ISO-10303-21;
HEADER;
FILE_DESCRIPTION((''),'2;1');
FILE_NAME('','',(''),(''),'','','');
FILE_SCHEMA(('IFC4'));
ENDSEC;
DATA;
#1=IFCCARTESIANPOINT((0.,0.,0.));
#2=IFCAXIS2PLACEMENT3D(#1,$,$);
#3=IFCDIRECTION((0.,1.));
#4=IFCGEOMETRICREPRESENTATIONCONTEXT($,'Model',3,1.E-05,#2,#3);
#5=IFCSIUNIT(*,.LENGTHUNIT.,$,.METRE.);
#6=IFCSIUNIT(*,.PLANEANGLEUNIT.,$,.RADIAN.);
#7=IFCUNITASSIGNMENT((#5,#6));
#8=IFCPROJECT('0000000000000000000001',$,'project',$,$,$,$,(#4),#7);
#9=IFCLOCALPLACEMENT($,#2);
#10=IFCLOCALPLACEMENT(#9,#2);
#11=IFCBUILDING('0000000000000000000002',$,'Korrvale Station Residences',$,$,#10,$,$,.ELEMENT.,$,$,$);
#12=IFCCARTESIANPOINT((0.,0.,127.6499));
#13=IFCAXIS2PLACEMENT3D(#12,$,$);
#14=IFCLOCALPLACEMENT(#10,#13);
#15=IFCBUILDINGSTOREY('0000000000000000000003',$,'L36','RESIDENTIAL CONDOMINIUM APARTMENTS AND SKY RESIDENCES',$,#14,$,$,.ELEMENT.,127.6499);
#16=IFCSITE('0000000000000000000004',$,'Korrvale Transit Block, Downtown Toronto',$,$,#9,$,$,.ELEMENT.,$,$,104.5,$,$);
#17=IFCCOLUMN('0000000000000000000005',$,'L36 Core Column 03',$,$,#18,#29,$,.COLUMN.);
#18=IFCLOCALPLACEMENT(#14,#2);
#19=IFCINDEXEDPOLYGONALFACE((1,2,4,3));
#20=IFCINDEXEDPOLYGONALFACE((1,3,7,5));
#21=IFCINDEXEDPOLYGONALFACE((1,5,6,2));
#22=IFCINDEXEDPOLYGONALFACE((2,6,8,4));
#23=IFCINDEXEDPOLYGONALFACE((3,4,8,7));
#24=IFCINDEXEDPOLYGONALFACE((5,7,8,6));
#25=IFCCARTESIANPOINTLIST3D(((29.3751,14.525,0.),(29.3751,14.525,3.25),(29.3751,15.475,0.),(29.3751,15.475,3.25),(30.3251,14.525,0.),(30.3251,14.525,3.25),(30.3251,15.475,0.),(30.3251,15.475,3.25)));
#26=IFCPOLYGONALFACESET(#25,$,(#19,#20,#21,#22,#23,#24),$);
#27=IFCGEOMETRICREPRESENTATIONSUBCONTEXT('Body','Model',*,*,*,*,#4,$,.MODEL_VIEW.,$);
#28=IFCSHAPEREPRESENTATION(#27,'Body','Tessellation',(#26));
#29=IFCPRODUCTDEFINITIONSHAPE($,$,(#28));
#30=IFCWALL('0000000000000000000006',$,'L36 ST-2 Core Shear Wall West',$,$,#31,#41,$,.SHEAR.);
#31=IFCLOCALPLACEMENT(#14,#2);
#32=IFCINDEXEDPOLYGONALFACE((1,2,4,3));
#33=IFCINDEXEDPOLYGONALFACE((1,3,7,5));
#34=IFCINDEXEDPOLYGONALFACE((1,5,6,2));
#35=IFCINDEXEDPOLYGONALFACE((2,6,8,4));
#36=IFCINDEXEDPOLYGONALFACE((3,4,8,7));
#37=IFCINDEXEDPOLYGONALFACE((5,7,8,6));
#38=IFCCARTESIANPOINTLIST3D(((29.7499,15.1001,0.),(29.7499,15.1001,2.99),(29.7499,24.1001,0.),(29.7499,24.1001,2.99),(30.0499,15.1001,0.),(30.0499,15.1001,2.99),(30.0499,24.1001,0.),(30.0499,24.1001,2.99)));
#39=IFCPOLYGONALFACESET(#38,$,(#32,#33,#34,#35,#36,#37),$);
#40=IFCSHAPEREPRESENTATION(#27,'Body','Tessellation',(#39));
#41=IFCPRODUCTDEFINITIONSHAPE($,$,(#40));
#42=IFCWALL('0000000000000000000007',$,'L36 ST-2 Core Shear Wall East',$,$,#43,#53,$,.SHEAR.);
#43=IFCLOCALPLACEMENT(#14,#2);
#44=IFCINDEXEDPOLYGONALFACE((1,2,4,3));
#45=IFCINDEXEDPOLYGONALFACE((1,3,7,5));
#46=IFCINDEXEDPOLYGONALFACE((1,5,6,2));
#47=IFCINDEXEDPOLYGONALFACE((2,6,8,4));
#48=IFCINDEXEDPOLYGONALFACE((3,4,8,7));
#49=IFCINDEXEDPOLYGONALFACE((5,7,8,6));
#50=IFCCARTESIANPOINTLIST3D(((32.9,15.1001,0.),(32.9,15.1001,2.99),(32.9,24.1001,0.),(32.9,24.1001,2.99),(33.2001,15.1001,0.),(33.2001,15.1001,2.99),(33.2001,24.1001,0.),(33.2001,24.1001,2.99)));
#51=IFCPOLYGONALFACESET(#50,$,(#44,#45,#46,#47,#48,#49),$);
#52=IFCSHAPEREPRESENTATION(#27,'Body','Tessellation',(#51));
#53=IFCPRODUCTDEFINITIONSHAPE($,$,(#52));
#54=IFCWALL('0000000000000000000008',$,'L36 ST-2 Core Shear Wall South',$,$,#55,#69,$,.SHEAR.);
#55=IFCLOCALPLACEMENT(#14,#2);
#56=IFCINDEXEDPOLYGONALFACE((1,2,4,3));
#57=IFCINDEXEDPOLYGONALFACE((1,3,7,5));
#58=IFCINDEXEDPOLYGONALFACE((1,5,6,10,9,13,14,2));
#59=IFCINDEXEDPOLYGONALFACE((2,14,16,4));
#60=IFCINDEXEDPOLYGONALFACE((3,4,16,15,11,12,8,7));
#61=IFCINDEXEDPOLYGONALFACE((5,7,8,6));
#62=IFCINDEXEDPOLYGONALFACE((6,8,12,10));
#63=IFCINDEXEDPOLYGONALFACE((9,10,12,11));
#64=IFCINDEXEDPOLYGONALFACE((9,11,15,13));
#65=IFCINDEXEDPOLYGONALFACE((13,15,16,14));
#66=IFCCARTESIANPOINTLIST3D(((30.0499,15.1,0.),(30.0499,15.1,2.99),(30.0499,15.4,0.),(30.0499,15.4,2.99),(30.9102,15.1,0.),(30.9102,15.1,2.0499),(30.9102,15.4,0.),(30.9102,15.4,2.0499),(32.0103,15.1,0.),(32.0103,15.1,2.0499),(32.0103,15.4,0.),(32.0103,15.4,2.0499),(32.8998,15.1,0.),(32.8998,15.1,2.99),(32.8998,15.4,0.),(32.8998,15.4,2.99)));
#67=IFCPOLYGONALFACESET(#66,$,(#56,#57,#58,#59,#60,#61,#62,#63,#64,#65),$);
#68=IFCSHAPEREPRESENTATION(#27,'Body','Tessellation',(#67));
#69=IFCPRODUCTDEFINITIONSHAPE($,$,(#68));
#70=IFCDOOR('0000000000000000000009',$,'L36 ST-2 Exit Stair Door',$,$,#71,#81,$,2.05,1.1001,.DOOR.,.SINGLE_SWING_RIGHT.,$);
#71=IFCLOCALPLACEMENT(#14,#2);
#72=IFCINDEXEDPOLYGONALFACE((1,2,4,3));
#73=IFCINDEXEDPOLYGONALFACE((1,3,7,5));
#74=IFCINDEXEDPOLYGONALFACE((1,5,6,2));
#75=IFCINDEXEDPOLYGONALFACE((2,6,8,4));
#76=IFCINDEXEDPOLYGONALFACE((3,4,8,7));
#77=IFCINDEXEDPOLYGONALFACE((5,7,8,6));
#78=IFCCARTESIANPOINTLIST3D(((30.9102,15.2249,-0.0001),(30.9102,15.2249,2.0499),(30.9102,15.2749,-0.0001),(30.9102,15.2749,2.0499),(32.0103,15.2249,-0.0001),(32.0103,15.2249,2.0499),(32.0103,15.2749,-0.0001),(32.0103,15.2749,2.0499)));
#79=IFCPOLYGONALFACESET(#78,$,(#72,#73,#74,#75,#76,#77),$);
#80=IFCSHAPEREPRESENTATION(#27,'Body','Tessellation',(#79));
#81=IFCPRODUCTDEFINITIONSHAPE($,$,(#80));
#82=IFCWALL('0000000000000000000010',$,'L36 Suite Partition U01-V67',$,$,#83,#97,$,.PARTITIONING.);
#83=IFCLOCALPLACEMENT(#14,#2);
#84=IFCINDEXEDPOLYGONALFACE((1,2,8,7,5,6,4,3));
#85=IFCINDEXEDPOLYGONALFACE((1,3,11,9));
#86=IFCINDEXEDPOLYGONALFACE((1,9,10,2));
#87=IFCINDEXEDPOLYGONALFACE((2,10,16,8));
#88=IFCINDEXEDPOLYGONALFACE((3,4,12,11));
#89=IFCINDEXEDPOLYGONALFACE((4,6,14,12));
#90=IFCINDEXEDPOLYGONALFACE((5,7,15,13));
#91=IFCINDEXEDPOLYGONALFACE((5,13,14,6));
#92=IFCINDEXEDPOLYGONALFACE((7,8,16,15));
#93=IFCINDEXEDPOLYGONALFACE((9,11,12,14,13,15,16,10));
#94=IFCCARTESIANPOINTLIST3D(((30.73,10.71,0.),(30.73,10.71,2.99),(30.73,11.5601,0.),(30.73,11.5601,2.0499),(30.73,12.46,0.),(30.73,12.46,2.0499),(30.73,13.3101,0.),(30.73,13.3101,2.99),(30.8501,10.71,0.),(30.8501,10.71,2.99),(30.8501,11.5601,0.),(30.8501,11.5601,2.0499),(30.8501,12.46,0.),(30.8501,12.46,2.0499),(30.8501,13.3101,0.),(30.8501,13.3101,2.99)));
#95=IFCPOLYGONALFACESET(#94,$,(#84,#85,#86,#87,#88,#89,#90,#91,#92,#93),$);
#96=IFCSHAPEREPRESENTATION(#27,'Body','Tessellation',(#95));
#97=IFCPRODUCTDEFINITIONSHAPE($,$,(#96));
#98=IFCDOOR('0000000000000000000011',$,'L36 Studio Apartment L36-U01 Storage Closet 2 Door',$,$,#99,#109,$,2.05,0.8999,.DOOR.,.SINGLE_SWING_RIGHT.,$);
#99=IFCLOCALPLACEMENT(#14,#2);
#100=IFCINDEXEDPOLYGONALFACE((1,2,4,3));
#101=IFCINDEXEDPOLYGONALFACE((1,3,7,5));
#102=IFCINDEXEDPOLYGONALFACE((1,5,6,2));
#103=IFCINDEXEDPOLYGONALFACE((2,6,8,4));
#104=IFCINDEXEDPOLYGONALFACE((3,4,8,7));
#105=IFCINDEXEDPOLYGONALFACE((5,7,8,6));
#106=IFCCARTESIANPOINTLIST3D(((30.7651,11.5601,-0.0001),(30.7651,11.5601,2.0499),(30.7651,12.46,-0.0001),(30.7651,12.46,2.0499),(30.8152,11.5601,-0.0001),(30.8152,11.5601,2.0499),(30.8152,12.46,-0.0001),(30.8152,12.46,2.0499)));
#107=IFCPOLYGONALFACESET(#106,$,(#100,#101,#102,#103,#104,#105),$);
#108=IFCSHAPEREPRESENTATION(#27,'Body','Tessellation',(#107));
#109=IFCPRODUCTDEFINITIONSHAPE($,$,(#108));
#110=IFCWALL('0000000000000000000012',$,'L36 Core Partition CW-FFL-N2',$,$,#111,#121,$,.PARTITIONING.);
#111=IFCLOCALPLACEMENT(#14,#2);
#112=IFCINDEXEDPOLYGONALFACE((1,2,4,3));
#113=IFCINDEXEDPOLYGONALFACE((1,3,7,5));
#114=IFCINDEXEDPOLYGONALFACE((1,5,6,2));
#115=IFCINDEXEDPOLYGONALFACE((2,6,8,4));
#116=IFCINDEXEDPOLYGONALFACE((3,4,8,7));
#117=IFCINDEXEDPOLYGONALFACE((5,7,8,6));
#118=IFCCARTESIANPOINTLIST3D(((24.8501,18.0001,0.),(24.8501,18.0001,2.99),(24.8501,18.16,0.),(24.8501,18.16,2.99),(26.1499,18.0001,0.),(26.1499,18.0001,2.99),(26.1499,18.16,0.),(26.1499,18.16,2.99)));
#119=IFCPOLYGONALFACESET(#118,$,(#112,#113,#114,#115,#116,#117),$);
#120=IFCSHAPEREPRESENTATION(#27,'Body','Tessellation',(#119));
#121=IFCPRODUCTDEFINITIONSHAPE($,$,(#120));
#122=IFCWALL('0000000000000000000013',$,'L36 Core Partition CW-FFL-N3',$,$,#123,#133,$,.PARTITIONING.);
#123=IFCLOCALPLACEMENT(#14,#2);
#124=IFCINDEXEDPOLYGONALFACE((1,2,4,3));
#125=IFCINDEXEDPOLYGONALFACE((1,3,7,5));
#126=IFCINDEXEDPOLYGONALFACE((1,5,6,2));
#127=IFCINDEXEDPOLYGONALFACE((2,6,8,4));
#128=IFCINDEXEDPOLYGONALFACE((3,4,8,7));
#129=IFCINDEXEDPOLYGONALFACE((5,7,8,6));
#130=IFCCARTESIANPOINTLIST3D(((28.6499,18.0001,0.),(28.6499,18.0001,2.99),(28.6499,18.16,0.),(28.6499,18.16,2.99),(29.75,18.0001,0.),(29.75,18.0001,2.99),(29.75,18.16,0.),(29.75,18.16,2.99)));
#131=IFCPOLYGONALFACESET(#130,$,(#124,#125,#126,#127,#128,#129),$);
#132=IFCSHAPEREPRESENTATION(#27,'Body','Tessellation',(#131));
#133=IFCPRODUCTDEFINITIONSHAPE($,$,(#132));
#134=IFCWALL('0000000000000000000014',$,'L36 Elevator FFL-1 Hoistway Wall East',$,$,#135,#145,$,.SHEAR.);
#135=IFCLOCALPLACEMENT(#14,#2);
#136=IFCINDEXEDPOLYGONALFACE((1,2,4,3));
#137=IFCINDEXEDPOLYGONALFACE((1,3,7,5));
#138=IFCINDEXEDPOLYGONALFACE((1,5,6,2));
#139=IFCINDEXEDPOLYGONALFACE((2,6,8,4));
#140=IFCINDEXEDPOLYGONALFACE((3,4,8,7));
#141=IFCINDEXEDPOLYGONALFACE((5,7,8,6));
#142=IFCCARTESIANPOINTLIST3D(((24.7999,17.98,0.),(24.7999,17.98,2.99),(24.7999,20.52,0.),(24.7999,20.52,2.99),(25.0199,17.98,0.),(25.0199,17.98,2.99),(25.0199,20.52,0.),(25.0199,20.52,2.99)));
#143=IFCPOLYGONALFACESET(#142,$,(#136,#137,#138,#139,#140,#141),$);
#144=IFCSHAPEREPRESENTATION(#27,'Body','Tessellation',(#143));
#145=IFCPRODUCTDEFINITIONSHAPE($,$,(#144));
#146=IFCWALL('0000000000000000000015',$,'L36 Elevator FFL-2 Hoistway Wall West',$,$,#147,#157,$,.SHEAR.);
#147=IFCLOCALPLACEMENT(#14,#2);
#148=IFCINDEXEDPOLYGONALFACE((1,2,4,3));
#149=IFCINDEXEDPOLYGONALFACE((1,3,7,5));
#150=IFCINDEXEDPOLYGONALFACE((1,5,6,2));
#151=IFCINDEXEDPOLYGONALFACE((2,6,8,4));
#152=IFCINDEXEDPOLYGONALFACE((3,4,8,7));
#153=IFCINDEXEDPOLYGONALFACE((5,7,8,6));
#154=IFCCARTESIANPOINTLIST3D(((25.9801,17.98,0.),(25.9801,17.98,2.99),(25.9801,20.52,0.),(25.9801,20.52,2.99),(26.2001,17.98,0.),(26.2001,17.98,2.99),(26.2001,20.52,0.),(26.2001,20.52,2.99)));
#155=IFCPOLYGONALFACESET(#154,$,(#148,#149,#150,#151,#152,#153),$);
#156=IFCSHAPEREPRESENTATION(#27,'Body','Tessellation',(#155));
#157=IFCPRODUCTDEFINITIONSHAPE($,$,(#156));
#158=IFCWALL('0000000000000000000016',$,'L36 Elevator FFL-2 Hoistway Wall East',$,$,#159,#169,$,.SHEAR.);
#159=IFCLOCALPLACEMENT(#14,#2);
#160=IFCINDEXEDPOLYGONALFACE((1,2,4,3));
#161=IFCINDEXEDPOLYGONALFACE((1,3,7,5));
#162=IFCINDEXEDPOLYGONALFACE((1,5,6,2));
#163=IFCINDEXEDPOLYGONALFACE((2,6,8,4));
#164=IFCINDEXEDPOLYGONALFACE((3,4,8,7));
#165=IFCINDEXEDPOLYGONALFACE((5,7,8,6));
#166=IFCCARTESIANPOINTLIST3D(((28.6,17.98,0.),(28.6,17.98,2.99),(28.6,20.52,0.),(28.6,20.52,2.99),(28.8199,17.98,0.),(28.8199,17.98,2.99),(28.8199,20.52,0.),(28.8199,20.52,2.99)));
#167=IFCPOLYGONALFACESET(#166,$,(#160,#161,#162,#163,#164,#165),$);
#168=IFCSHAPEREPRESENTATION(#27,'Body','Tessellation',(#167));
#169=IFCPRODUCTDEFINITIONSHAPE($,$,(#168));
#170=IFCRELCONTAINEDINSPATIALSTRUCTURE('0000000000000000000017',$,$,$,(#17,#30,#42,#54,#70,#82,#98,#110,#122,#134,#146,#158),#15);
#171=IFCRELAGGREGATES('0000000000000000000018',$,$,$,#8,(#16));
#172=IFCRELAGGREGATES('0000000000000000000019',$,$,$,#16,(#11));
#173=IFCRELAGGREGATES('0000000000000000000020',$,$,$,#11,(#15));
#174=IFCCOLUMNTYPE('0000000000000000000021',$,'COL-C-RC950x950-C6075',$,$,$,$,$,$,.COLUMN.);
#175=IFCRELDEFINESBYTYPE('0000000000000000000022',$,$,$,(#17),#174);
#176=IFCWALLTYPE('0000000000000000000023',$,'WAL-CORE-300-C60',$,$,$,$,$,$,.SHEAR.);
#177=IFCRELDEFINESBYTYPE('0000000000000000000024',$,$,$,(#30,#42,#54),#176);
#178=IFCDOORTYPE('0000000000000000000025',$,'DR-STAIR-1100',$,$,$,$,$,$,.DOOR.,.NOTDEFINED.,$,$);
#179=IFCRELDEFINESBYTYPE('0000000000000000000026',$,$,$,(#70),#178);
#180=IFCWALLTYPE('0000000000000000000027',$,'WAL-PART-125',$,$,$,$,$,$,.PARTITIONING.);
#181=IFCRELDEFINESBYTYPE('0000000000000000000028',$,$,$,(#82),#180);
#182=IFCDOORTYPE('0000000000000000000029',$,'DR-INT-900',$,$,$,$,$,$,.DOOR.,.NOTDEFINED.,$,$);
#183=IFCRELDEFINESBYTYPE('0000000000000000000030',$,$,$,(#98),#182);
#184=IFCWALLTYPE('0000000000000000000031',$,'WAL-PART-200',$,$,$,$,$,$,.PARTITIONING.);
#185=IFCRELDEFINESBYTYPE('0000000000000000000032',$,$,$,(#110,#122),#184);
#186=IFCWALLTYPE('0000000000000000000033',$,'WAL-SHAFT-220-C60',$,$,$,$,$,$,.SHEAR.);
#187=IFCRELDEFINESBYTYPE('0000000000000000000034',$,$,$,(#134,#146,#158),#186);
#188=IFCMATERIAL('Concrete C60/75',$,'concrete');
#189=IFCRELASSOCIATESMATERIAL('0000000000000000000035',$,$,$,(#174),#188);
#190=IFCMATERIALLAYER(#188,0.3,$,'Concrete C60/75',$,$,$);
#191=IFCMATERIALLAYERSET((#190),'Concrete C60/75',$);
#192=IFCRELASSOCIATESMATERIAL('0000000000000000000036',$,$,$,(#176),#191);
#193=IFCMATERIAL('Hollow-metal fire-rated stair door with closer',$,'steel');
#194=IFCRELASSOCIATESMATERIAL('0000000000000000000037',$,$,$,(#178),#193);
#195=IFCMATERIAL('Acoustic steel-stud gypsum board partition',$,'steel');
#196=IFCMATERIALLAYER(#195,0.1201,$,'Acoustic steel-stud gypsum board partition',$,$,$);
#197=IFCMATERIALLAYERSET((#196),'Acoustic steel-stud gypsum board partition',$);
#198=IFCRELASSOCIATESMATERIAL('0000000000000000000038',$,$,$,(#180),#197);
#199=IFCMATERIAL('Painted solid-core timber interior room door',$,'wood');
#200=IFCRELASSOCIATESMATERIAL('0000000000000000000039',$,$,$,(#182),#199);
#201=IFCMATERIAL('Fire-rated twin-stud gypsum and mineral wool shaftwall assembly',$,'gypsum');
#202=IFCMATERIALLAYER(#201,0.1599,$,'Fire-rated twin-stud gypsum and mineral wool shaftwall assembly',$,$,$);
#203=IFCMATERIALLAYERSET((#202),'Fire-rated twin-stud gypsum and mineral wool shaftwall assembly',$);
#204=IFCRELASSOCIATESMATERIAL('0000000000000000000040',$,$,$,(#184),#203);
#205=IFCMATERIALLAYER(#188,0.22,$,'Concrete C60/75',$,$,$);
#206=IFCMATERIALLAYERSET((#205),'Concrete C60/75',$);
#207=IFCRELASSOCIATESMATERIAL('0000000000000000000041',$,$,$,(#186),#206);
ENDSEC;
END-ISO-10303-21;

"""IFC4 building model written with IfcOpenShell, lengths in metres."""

from ifc_helpers import new_model, si_unit, direction, frame, frame_2d, origin, origin_2d, place, context, subcontext, project, spatial, rectangle, extrude, material, layer, layer_set, material_profile, profile_set, type_object, element, fill, save


model = new_model("IFC4")

# Units and contexts
model_context = context("Model", 3, precision=1e-05, world=origin(), true_north=direction((0.0, 1.0)))
body_context = subcontext(model_context, "Body", "Model", "MODEL_VIEW")
ifc_project = project(units=[si_unit("LENGTHUNIT", "METRE"), si_unit("PLANEANGLEUNIT", "RADIAN")], contexts=[model_context])

# Site, building, storey
site_placement = place(None, origin())
site = spatial("IfcSite", under=ifc_project, at=site_placement, Name="Korrvale Transit Block, Downtown Toronto", CompositionType="ELEMENT", RefElevation=104.5)
building_placement = place(site_placement, origin())
building = spatial("IfcBuilding", under=site, at=building_placement, Name="Korrvale Station Residences", CompositionType="ELEMENT")
storey_placement = place(building_placement, frame((0.0, 0.0, 127.6499)))
storey = spatial("IfcBuildingStorey", under=building, at=storey_placement, Name="L36", Description="RESIDENTIAL CONDOMINIUM APARTMENTS AND SKY RESIDENCES", CompositionType="ELEMENT", Elevation=127.6499)

# Column
ifc_material_1 = material(Name="Concrete C60/75", Category="concrete")
ifc_material_profile = material_profile(ifc_material_1, rectangle(XDim=0.95, YDim=0.95, at=origin_2d()), Name="RC950x950")
ifc_profile_set = profile_set([ifc_material_profile], Name="Concrete C60/75")
column_type = type_object("IfcColumnType", Name="COL-C-RC950x950-C6075", PredefinedType="COLUMN", material=ifc_profile_set)
column_placement = place(storey_placement, frame((29.8501, 15.0, 0.0), z_axis=(0.0, 0.0, 1.0), x_axis=(1.0, 0.0, 0.0)))
element("IfcColumn", 1, at=column_placement, inside=storey, type_object=column_type, Name="L36 Core Column 03", PredefinedType="COLUMN", context=body_context, shape_type="SweptSolid", body=[
    extrude(rectangle(XDim=0.95, YDim=0.95, at=origin_2d()), origin(), (0.0, 0.0, 1.0), 3.25),
])

# Walls
ifc_layer_1 = layer(ifc_material_1, 0.3, Name="Concrete C60/75")
ifc_layer_set_1 = layer_set([ifc_layer_1], Name="Concrete C60/75")
wall_type_1 = type_object("IfcWallType", Name="WAL-CORE-300-C60", PredefinedType="SHEAR", material=ifc_layer_set_1)
for number, where, z_axis, x_axis, name in (
    (2, (29.8999, 15.1001, 0.0), (0.0, 0.0, 1.0), (0.0, 1.0, 0.0), "L36 ST-2 Core Shear Wall West"),
    (3, (33.05, 15.1001, 0.0), (0.0, 0.0, 1.0), (0.0, 1.0, 0.0), "L36 ST-2 Core Shear Wall East"),
):
    element("IfcWall", number, at=place(storey_placement, frame(where, z_axis=z_axis, x_axis=x_axis)), inside=storey, type_object=wall_type_1, Name=name, PredefinedType="SHEAR", context=body_context, shape_type="SweptSolid", body=[
        extrude(rectangle(XDim=9.0, YDim=0.3, at=frame_2d((4.5, 0.0))), origin(), (0.0, 0.0, 1.0), 2.99),
    ])

# Walls, openings, doors
wall_1_placement = place(storey_placement, frame((30.05, 15.25, 0.0), z_axis=(0.0, 0.0, 1.0), x_axis=(1.0, 0.0, 0.0)))
wall_1 = element("IfcWall", 4, at=wall_1_placement, inside=storey, type_object=wall_type_1, Name="L36 ST-2 Core Shear Wall South", PredefinedType="SHEAR", context=body_context, shape_type="SweptSolid", body=[
    extrude(rectangle(XDim=2.8499, YDim=0.3, at=frame_2d((1.4248, 0.0))), origin(), (0.0, 0.0, 1.0), 2.99),
])
opening_1_placement = place(wall_1_placement, frame((0.8601, 0.0, 0.0)))
opening_1 = element("IfcOpeningElement", 5, at=opening_1_placement, cuts=wall_1, PredefinedType="OPENING", context=body_context, shape_type="SweptSolid", body=[
    extrude(rectangle(XDim=1.1001, YDim=2.05, at=frame_2d((0.55, 1.0249))), frame((0.0, 0.1602, 0.0), z_axis=(0.0, -1.0, 0.0), x_axis=(1.0, 0.0, 0.0)), (0.0, 0.0, 1.0), 0.3201),
])
ifc_material_2 = material(Name="Hollow-metal fire-rated stair door with closer", Category="steel")
door_type_1 = type_object("IfcDoorType", Name="DR-STAIR-1100", OperationType="NOTDEFINED", PredefinedType="DOOR", material=ifc_material_2)
door_1_placement = place(opening_1_placement, origin())
door_1 = element("IfcDoor", 6, at=door_1_placement, inside=storey, type_object=door_type_1, Name="L36 ST-2 Exit Stair Door", OperationType="SINGLE_SWING_RIGHT", OverallHeight=2.05, OverallWidth=1.1001, PredefinedType="DOOR", context=body_context, shape_type="SweptSolid", body=[
    extrude(rectangle(XDim=1.1001, YDim=2.05, at=frame_2d((0.55, 1.0249))), frame((0.0, 0.0249, 0.0), z_axis=(0.0, -1.0, 0.0), x_axis=(1.0, 0.0, 0.0)), (0.0, 0.0, 1.0), 0.05),
])
fill(opening_1, door_1)
ifc_material_3 = material(Name="Acoustic steel-stud gypsum board partition", Category="steel")
ifc_layer_2 = layer(ifc_material_3, 0.1201, Name="Acoustic steel-stud gypsum board partition")
ifc_layer_set_2 = layer_set([ifc_layer_2], Name="Acoustic steel-stud gypsum board partition")
wall_type_2 = type_object("IfcWallType", Name="WAL-PART-125", PredefinedType="PARTITIONING", material=ifc_layer_set_2)
wall_2_placement = place(storey_placement, frame((30.79, 10.71, 0.0), z_axis=(0.0, 0.0, 1.0), x_axis=(0.0, 1.0, 0.0)))
wall_2 = element("IfcWall", 7, at=wall_2_placement, inside=storey, type_object=wall_type_2, Name="L36 Suite Partition U01-V67", PredefinedType="PARTITIONING", context=body_context, shape_type="SweptSolid", body=[
    extrude(rectangle(XDim=2.6001, YDim=0.1201, at=frame_2d((1.3, 0.0))), origin(), (0.0, 0.0, 1.0), 2.99),
])
opening_2_placement = place(wall_2_placement, frame((0.8501, 0.0, 0.0)))
opening_2 = element("IfcOpeningElement", 8, at=opening_2_placement, cuts=wall_2, PredefinedType="OPENING", context=body_context, shape_type="SweptSolid", body=[
    extrude(rectangle(XDim=0.8999, YDim=2.05, at=frame_2d((0.45, 1.0249))), frame((0.0, 0.0701, 0.0), z_axis=(0.0, -1.0, 0.0), x_axis=(1.0, 0.0, 0.0)), (0.0, 0.0, 1.0), 0.1401),
])
ifc_material_4 = material(Name="Painted solid-core timber interior room door", Category="wood")
door_type_2 = type_object("IfcDoorType", Name="DR-INT-900", OperationType="NOTDEFINED", PredefinedType="DOOR", material=ifc_material_4)
door_2_placement = place(opening_2_placement, origin())
door_2 = element("IfcDoor", 9, at=door_2_placement, inside=storey, type_object=door_type_2, Name="L36 Studio Apartment L36-U01 Storage Closet 2 Door", OperationType="SINGLE_SWING_RIGHT", OverallHeight=2.05, OverallWidth=0.8999, PredefinedType="DOOR", context=body_context, shape_type="SweptSolid", body=[
    extrude(rectangle(XDim=0.8999, YDim=2.05, at=frame_2d((0.45, 1.0249))), frame((0.0, 0.0249, 0.0), z_axis=(0.0, -1.0, 0.0), x_axis=(1.0, 0.0, 0.0)), (0.0, 0.0, 1.0), 0.05),
])
fill(opening_2, door_2)

# Walls
ifc_material_5 = material(Name="Fire-rated twin-stud gypsum and mineral wool shaftwall assembly", Category="gypsum")
ifc_layer_3 = layer(ifc_material_5, 0.1599, Name="Fire-rated twin-stud gypsum and mineral wool shaftwall assembly")
ifc_layer_set_3 = layer_set([ifc_layer_3], Name="Fire-rated twin-stud gypsum and mineral wool shaftwall assembly")
wall_type_3 = type_object("IfcWallType", Name="WAL-PART-200", PredefinedType="PARTITIONING", material=ifc_layer_set_3)
wall_3_placement = place(storey_placement, frame((24.8501, 18.0801, 0.0), z_axis=(0.0, 0.0, 1.0), x_axis=(1.0, 0.0, 0.0)))
element("IfcWall", 10, at=wall_3_placement, inside=storey, type_object=wall_type_3, Name="L36 Core Partition CW-FFL-N2", PredefinedType="PARTITIONING", context=body_context, shape_type="SweptSolid", body=[
    extrude(rectangle(XDim=1.2998, YDim=0.1599, at=frame_2d((0.6499, 0.0))), origin(), (0.0, 0.0, 1.0), 2.99),
])
wall_4_placement = place(storey_placement, frame((28.6499, 18.0801, 0.0), z_axis=(0.0, 0.0, 1.0), x_axis=(1.0, 0.0, 0.0)))
element("IfcWall", 11, at=wall_4_placement, inside=storey, type_object=wall_type_3, Name="L36 Core Partition CW-FFL-N3", PredefinedType="PARTITIONING", context=body_context, shape_type="SweptSolid", body=[
    extrude(rectangle(XDim=1.1001, YDim=0.1599, at=frame_2d((0.55, 0.0))), origin(), (0.0, 0.0, 1.0), 2.99),
])

# Shared definitions
ifc_layer_4 = layer(ifc_material_1, 0.22, Name="Concrete C60/75")
ifc_layer_set_4 = layer_set([ifc_layer_4], Name="Concrete C60/75")
wall_type_4 = type_object("IfcWallType", Name="WAL-SHAFT-220-C60", PredefinedType="SHEAR", material=ifc_layer_set_4)

# Wall
wall_5_placement = place(storey_placement, frame((24.9099, 17.98, 0.0), z_axis=(0.0, 0.0, 1.0), x_axis=(0.0, 1.0, 0.0)))
element("IfcWall", 12, at=wall_5_placement, inside=storey, type_object=wall_type_4, Name="L36 Elevator FFL-1 Hoistway Wall East", PredefinedType="SHEAR", context=body_context, shape_type="SweptSolid", body=[
    extrude(rectangle(XDim=2.54, YDim=0.22, at=frame_2d((1.27, 0.0))), origin(), (0.0, 0.0, 1.0), 2.99),
])

# Walls
for number, where, z_axis, x_axis, name in (
    (13, (26.0901, 17.98, 0.0), (0.0, 0.0, 1.0), (0.0, 1.0, 0.0), "L36 Elevator FFL-2 Hoistway Wall West"),
    (14, (28.71, 17.98, 0.0), (0.0, 0.0, 1.0), (0.0, 1.0, 0.0), "L36 Elevator FFL-2 Hoistway Wall East"),
):
    element("IfcWall", number, at=place(storey_placement, frame(where, z_axis=z_axis, x_axis=x_axis)), inside=storey, type_object=wall_type_4, Name=name, PredefinedType="SHEAR", context=body_context, shape_type="SweptSolid", body=[
        extrude(rectangle(XDim=2.54, YDim=0.22, at=frame_2d((1.27, 0.0))), origin(), (0.0, 0.0, 1.0), 2.99),
    ])

save(model, "model.ifc")
